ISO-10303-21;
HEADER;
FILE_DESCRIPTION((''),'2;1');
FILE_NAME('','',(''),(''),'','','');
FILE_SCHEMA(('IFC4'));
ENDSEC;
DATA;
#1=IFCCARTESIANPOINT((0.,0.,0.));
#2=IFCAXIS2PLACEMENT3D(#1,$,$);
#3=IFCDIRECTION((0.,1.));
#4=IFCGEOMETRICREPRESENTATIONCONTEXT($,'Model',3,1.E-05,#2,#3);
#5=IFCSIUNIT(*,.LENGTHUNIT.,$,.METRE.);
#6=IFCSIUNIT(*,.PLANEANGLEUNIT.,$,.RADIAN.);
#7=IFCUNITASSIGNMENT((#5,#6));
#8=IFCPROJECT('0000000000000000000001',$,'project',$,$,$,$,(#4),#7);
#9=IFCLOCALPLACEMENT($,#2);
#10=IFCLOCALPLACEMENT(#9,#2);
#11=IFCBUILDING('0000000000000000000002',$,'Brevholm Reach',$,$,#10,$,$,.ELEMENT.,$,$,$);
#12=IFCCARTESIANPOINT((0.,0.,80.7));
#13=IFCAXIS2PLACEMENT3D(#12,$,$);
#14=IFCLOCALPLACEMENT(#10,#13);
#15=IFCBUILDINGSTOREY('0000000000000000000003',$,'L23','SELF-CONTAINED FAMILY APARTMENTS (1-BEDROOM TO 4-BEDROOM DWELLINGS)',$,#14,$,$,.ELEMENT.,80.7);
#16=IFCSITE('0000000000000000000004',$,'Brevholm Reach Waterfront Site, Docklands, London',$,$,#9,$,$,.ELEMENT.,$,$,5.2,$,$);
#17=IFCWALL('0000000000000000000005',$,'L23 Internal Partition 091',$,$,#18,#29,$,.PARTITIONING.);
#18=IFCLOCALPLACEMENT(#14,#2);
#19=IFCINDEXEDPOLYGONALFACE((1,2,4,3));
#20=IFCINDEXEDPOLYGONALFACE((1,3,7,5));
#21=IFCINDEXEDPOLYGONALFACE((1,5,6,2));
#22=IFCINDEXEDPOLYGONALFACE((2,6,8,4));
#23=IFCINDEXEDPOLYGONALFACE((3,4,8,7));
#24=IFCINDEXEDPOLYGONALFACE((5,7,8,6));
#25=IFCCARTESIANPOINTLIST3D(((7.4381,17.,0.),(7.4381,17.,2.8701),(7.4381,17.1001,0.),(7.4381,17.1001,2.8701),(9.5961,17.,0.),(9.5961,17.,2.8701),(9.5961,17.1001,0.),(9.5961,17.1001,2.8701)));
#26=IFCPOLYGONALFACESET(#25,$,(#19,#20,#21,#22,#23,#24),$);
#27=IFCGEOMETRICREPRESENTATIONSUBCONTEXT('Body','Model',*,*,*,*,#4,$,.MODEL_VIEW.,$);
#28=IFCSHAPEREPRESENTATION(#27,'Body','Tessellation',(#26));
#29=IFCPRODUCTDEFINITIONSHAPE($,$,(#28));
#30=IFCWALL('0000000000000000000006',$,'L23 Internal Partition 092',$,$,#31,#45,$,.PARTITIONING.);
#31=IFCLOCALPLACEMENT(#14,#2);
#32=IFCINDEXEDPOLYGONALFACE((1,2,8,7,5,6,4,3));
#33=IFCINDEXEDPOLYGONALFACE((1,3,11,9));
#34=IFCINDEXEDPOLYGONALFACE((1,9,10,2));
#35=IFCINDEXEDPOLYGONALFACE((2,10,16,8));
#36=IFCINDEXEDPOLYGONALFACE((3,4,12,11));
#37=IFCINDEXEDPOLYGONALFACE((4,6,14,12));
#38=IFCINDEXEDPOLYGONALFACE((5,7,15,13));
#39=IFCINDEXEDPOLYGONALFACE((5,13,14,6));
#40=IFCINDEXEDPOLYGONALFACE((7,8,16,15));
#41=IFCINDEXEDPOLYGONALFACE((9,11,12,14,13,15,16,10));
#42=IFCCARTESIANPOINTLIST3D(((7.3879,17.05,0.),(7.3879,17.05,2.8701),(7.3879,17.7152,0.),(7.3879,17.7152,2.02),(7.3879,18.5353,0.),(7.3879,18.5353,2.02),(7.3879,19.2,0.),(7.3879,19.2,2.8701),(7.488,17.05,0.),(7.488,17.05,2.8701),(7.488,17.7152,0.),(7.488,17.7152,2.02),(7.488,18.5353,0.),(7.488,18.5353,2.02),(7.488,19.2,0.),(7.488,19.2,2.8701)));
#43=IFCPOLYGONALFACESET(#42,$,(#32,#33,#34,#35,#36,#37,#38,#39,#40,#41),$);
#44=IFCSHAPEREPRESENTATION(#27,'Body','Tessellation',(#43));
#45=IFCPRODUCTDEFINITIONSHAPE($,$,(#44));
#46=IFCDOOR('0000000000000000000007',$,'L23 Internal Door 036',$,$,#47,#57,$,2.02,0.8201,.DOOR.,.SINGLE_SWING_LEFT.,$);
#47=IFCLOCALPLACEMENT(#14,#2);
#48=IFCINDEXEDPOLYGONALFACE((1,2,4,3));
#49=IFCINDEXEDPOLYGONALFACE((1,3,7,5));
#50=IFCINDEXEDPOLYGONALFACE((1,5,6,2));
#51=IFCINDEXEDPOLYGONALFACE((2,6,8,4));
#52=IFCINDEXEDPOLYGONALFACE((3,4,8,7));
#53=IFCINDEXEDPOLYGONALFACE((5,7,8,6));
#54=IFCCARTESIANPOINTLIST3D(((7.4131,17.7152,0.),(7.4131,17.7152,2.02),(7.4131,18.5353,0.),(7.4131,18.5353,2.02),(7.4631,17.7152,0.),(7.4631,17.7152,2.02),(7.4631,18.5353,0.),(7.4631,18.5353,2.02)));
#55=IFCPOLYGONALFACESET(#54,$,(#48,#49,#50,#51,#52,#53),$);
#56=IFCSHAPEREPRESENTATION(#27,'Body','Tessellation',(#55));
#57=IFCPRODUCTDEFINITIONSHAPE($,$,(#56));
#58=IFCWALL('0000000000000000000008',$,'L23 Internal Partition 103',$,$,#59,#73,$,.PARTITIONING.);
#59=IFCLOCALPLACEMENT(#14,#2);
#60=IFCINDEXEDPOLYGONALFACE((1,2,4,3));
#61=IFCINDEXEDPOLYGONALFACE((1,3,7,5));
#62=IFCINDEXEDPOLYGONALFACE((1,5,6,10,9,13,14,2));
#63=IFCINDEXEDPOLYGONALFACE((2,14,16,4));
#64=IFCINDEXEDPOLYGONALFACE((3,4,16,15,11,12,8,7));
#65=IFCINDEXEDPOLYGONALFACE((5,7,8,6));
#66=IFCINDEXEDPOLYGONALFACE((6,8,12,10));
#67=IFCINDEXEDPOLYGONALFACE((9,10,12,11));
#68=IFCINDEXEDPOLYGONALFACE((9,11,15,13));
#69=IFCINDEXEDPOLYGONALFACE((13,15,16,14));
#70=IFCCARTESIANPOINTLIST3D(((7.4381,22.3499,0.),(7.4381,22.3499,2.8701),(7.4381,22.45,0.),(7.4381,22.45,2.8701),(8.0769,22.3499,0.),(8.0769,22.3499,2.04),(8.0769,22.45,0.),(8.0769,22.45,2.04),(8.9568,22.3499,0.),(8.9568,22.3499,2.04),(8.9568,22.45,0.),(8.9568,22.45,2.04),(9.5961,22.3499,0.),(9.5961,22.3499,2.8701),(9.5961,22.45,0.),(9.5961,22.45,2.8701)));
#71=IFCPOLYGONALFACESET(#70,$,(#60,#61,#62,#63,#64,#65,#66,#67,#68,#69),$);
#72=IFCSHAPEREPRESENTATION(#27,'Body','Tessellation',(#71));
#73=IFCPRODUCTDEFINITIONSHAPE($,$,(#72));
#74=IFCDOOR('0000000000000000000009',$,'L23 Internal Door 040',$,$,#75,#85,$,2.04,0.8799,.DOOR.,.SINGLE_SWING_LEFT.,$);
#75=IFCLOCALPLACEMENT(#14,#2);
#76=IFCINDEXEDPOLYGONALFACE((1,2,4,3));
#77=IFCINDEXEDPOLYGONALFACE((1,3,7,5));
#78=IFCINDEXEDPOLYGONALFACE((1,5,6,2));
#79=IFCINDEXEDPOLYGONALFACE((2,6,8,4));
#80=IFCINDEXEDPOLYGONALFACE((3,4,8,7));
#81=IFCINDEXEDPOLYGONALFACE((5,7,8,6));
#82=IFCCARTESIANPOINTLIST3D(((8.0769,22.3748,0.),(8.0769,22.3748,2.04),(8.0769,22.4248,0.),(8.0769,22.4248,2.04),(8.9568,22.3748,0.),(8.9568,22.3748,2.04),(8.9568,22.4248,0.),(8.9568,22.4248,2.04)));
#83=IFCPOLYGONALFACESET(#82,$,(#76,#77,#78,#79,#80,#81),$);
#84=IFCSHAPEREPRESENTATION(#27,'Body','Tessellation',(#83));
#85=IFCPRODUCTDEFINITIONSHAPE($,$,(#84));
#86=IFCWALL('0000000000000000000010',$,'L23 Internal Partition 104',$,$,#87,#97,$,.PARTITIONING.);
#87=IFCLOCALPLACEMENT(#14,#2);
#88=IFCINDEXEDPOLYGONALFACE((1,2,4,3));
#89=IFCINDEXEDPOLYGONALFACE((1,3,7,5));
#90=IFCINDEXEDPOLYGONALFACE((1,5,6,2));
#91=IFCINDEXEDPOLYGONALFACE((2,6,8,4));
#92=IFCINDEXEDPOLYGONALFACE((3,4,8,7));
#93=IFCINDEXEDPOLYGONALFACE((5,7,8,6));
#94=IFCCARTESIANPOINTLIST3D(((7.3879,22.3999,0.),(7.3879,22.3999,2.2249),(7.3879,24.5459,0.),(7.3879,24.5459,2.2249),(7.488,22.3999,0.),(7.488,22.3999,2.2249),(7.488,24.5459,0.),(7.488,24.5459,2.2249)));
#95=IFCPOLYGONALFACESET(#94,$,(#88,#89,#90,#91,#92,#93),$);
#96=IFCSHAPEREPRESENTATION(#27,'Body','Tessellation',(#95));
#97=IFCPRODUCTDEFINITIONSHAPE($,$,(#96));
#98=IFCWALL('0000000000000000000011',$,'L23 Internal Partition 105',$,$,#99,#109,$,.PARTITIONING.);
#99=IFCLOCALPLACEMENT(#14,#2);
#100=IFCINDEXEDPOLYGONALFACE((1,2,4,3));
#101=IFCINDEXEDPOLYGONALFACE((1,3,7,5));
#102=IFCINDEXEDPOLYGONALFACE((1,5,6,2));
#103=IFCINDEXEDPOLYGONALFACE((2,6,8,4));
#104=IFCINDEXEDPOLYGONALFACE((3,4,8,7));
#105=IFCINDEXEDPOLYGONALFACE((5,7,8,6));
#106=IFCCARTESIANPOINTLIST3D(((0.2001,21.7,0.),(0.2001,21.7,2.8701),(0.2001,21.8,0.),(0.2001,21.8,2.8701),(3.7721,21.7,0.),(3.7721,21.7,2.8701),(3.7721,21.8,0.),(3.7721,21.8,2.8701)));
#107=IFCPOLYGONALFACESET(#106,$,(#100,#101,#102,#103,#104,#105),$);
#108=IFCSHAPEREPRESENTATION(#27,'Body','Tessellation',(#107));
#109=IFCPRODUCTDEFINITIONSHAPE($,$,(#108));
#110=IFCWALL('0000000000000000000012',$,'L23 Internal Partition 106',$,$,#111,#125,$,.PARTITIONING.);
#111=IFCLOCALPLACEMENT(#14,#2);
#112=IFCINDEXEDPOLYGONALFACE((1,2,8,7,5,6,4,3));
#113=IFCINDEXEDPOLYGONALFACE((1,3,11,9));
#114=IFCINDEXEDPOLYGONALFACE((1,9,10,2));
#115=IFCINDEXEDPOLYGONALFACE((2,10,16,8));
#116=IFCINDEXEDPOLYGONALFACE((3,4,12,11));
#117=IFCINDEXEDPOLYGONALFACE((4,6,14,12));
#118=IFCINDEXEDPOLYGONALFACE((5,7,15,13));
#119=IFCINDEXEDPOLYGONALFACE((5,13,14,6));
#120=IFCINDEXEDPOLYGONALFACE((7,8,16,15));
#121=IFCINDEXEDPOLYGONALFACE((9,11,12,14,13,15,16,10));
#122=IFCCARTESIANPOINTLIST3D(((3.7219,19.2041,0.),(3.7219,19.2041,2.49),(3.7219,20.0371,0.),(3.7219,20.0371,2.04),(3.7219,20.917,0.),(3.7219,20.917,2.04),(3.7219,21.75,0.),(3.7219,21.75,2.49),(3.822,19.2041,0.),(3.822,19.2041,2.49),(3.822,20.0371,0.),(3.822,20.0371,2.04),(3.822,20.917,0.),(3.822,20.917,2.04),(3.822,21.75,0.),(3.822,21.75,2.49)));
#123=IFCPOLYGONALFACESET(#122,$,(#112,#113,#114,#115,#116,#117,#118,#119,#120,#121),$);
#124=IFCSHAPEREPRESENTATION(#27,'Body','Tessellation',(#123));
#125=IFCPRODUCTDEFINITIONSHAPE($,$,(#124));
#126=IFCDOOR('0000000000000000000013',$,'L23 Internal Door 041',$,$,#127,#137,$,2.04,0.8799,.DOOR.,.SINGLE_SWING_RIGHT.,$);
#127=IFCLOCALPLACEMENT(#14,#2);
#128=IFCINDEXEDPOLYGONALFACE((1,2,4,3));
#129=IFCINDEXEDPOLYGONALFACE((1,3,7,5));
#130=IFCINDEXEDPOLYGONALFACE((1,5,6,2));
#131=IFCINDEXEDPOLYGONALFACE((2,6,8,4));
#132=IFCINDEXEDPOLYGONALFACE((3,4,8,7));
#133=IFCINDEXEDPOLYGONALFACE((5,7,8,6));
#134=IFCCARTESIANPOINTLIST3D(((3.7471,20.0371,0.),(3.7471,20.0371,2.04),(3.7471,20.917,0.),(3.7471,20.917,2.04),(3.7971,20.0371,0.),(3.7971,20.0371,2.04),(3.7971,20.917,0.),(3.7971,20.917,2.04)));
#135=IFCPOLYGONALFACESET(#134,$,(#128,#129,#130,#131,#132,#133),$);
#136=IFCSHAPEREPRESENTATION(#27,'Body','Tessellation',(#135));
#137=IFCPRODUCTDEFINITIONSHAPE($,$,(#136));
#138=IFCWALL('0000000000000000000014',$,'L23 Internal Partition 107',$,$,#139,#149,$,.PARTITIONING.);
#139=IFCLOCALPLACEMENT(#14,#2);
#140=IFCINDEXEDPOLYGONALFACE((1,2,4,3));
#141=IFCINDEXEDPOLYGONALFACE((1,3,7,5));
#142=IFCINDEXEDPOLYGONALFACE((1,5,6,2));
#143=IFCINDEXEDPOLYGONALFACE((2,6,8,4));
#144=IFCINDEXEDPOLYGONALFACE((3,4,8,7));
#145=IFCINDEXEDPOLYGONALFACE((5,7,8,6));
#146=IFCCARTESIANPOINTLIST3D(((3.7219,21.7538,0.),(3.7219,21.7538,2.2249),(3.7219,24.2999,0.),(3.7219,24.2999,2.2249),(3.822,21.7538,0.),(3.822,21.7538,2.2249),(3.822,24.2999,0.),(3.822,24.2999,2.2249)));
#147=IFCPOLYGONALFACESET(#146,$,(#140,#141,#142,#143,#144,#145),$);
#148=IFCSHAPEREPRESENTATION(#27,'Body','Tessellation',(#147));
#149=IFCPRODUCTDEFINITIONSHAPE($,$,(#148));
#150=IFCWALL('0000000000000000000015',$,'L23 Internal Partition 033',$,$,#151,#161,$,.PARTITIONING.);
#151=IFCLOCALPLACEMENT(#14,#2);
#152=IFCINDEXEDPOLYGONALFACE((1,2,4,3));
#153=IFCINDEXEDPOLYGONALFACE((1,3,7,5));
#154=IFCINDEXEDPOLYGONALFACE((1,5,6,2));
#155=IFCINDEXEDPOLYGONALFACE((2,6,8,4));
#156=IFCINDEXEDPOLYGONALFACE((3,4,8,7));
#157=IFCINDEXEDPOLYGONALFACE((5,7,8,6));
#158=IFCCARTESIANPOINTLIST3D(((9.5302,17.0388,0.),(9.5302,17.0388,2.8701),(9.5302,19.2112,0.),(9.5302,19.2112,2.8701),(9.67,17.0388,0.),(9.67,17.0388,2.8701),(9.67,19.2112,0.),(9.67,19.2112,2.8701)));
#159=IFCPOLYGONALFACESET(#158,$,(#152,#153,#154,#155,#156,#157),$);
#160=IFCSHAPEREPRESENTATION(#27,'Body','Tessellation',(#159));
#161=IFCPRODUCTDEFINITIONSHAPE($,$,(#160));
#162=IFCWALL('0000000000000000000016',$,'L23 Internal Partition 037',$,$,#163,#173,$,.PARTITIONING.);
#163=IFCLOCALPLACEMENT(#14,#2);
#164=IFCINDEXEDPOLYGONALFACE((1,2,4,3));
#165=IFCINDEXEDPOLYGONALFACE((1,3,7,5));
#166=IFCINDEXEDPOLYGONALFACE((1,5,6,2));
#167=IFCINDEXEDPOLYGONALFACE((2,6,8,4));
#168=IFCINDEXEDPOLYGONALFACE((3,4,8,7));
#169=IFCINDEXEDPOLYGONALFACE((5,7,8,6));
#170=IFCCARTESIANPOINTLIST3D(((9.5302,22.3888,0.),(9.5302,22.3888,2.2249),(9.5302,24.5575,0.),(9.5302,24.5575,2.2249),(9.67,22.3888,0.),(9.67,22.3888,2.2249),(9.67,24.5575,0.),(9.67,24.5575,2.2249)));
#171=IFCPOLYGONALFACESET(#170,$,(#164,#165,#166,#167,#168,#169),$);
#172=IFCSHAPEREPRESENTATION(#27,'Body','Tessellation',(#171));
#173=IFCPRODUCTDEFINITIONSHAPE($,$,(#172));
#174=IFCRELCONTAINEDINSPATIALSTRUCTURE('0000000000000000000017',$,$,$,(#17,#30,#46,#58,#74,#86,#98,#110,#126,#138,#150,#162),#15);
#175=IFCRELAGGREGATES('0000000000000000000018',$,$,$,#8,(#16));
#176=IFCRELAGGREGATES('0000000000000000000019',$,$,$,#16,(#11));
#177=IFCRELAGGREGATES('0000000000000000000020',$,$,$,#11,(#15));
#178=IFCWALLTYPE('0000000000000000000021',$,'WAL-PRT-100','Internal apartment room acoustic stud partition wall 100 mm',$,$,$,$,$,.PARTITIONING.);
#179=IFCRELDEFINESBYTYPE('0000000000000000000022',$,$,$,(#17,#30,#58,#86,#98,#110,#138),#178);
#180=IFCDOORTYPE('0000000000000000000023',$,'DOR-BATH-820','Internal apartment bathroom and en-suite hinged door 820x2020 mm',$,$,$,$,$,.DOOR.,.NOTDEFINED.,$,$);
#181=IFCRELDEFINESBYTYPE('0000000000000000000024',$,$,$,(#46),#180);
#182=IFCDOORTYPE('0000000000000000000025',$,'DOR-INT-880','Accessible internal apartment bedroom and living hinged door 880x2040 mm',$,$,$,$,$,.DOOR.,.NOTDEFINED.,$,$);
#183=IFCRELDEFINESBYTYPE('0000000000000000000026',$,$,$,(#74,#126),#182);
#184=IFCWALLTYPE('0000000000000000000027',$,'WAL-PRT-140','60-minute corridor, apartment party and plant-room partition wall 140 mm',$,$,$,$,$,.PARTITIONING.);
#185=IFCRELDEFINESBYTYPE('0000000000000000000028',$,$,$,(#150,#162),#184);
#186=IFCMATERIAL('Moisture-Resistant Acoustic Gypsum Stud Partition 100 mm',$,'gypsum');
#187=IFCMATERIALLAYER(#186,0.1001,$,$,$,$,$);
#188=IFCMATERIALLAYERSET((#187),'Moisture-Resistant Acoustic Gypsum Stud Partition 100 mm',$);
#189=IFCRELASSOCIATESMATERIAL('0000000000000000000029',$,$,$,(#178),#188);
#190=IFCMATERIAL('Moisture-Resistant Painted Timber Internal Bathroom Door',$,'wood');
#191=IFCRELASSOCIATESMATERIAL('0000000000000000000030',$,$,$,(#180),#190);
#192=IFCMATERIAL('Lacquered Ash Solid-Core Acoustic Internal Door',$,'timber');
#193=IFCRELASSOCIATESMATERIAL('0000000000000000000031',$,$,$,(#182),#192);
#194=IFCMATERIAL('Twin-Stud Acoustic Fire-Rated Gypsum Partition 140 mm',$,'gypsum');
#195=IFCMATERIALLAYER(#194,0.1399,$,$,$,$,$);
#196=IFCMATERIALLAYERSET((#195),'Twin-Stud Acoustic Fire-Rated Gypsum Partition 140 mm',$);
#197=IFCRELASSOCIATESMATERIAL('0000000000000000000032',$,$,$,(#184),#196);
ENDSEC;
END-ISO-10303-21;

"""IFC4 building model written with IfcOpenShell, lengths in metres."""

from ifc_helpers import new_model, si_unit, direction, frame, frame_2d, origin, place, context, subcontext, project, spatial, rectangle, extrude, material, layer, layer_set, type_object, element, fill, save


model = new_model("IFC4")

# Units and contexts
model_context = context("Model", 3, precision=1e-05, world=origin(), true_north=direction((0.0, 1.0)))
body_context = subcontext(model_context, "Body", "Model", "MODEL_VIEW")
ifc_project = project(units=[si_unit("LENGTHUNIT", "METRE"), si_unit("PLANEANGLEUNIT", "RADIAN")], contexts=[model_context])

# Site, building, storey
site_placement = place(None, origin())
site = spatial("IfcSite", under=ifc_project, at=site_placement, Name="Brevholm Reach Waterfront Site, Docklands, London", CompositionType="ELEMENT", RefElevation=5.2)
building_placement = place(site_placement, origin())
building = spatial("IfcBuilding", under=site, at=building_placement, Name="Brevholm Reach", CompositionType="ELEMENT")
storey_placement = place(building_placement, frame((0.0, 0.0, 80.7)))
storey = spatial("IfcBuildingStorey", under=building, at=storey_placement, Name="L23", Description="SELF-CONTAINED FAMILY APARTMENTS (1-BEDROOM TO 4-BEDROOM DWELLINGS)", CompositionType="ELEMENT", Elevation=80.7)

# Wall
ifc_material_1 = material(Name="Moisture-Resistant Acoustic Gypsum Stud Partition 100 mm", Category="gypsum")
ifc_layer_1 = layer(ifc_material_1, 0.1001)
ifc_layer_set_1 = layer_set([ifc_layer_1], Name="Moisture-Resistant Acoustic Gypsum Stud Partition 100 mm")
wall_type_1 = type_object("IfcWallType", Name="WAL-PRT-100", Description="Internal apartment room acoustic stud partition wall 100 mm", PredefinedType="PARTITIONING", material=ifc_layer_set_1)
wall_1_placement = place(storey_placement, frame((7.438, 17.05, 0.0), z_axis=(0.0, 0.0, 1.0), x_axis=(1.0, 0.0, 0.0)))
element("IfcWall", 1, at=wall_1_placement, inside=storey, type_object=wall_type_1, Name="L23 Internal Partition 091", PredefinedType="PARTITIONING", context=body_context, shape_type="SweptSolid", body=[
    extrude(rectangle(XDim=2.158, YDim=0.1001, at=frame_2d((1.0791, 0.0))), origin(), (0.0, 0.0, 1.0), 2.8701),
])

# Walls, openings, doors
wall_2_placement = place(storey_placement, frame((7.438, 17.05, 0.0), z_axis=(0.0, 0.0, 1.0), x_axis=(0.0, 1.0, 0.0)))
wall_2 = element("IfcWall", 2, at=wall_2_placement, inside=storey, type_object=wall_type_1, Name="L23 Internal Partition 092", PredefinedType="PARTITIONING", context=body_context, shape_type="SweptSolid", body=[
    extrude(rectangle(XDim=2.1499, YDim=0.1001, at=frame_2d((1.075, 0.0))), origin(), (0.0, 0.0, 1.0), 2.8701),
])
opening_1_placement = place(wall_2_placement, frame((0.665, 0.0, 0.0)))
opening_1 = element("IfcOpeningElement", 3, at=opening_1_placement, cuts=wall_2, PredefinedType="OPENING", context=body_context, shape_type="SweptSolid", body=[
    extrude(rectangle(XDim=0.8201, YDim=2.02, at=frame_2d((0.4102, 1.01))), frame((0.0, 0.0601, 0.0), z_axis=(0.0, -1.0, 0.0), x_axis=(1.0, 0.0, 0.0)), (0.0, 0.0, 1.0), 0.1201),
])
ifc_material_2 = material(Name="Moisture-Resistant Painted Timber Internal Bathroom Door", Category="wood")
door_type_1 = type_object("IfcDoorType", Name="DOR-BATH-820", Description="Internal apartment bathroom and en-suite hinged door 820x2020 mm", OperationType="NOTDEFINED", PredefinedType="DOOR", material=ifc_material_2)
door_1_placement = place(opening_1_placement, origin())
door_1 = element("IfcDoor", 4, at=door_1_placement, inside=storey, type_object=door_type_1, Name="L23 Internal Door 036", OperationType="SINGLE_SWING_LEFT", OverallHeight=2.02, OverallWidth=0.8201, PredefinedType="DOOR", context=body_context, shape_type="SweptSolid", body=[
    extrude(rectangle(XDim=0.8201, YDim=2.02, at=frame_2d((0.4102, 1.01))), frame((0.0, 0.0249, 0.0), z_axis=(0.0, -1.0, 0.0), x_axis=(1.0, 0.0, 0.0)), (0.0, 0.0, 1.0), 0.05),
])
fill(opening_1, door_1)
wall_3_placement = place(storey_placement, frame((7.438, 22.3999, 0.0), z_axis=(0.0, 0.0, 1.0), x_axis=(1.0, 0.0, 0.0)))
wall_3 = element("IfcWall", 5, at=wall_3_placement, inside=storey, type_object=wall_type_1, Name="L23 Internal Partition 103", PredefinedType="PARTITIONING", context=body_context, shape_type="SweptSolid", body=[
    extrude(rectangle(XDim=2.158, YDim=0.1001, at=frame_2d((1.0791, 0.0))), origin(), (0.0, 0.0, 1.0), 2.8701),
])
opening_2_placement = place(wall_3_placement, frame((0.6389, 0.0, 0.0)))
opening_2 = element("IfcOpeningElement", 6, at=opening_2_placement, cuts=wall_3, PredefinedType="OPENING", context=body_context, shape_type="SweptSolid", body=[
    extrude(rectangle(XDim=0.8799, YDim=2.04, at=frame_2d((0.4399, 1.02))), frame((0.0, 0.0601, 0.0), z_axis=(0.0, -1.0, 0.0), x_axis=(1.0, 0.0, 0.0)), (0.0, 0.0, 1.0), 0.1201),
])
ifc_material_3 = material(Name="Lacquered Ash Solid-Core Acoustic Internal Door", Category="timber")
door_type_2 = type_object("IfcDoorType", Name="DOR-INT-880", Description="Accessible internal apartment bedroom and living hinged door 880x2040 mm", OperationType="NOTDEFINED", PredefinedType="DOOR", material=ifc_material_3)
door_2_placement = place(opening_2_placement, origin())
door_2 = element("IfcDoor", 7, at=door_2_placement, inside=storey, type_object=door_type_2, Name="L23 Internal Door 040", OperationType="SINGLE_SWING_LEFT", OverallHeight=2.04, OverallWidth=0.8799, PredefinedType="DOOR", context=body_context, shape_type="SweptSolid", body=[
    extrude(rectangle(XDim=0.8799, YDim=2.04, at=frame_2d((0.4399, 1.02))), frame((0.0, 0.0249, 0.0), z_axis=(0.0, -1.0, 0.0), x_axis=(1.0, 0.0, 0.0)), (0.0, 0.0, 1.0), 0.05),
])
fill(opening_2, door_2)

# Walls
wall_4_placement = place(storey_placement, frame((7.438, 22.3999, 0.0), z_axis=(0.0, 0.0, 1.0), x_axis=(0.0, 1.0, 0.0)))
element("IfcWall", 8, at=wall_4_placement, inside=storey, type_object=wall_type_1, Name="L23 Internal Partition 104", PredefinedType="PARTITIONING", context=body_context, shape_type="SweptSolid", body=[
    extrude(rectangle(XDim=2.146, YDim=0.1001, at=frame_2d((1.073, 0.0))), origin(), (0.0, 0.0, 1.0), 2.2249),
])
wall_5_placement = place(storey_placement, frame((0.2, 21.75, 0.0), z_axis=(0.0, 0.0, 1.0), x_axis=(1.0, 0.0, 0.0)))
element("IfcWall", 9, at=wall_5_placement, inside=storey, type_object=wall_type_1, Name="L23 Internal Partition 105", PredefinedType="PARTITIONING", context=body_context, shape_type="SweptSolid", body=[
    extrude(rectangle(XDim=3.572, YDim=0.1001, at=frame_2d((1.7861, 0.0))), origin(), (0.0, 0.0, 1.0), 2.8701),
])

# Wall, opening, door
wall_6_placement = place(storey_placement, frame((3.772, 19.2041, 0.0), z_axis=(0.0, 0.0, 1.0), x_axis=(0.0, 1.0, 0.0)))
wall_6 = element("IfcWall", 10, at=wall_6_placement, inside=storey, type_object=wall_type_1, Name="L23 Internal Partition 106", PredefinedType="PARTITIONING", context=body_context, shape_type="SweptSolid", body=[
    extrude(rectangle(XDim=2.5459, YDim=0.1001, at=frame_2d((1.2729, 0.0))), origin(), (0.0, 0.0, 1.0), 2.49),
])
opening_3_placement = place(wall_6_placement, frame((0.833, 0.0, 0.0)))
opening_3 = element("IfcOpeningElement", 11, at=opening_3_placement, cuts=wall_6, PredefinedType="OPENING", context=body_context, shape_type="SweptSolid", body=[
    extrude(rectangle(XDim=0.8799, YDim=2.04, at=frame_2d((0.4399, 1.02))), frame((0.0, 0.0601, 0.0), z_axis=(0.0, -1.0, 0.0), x_axis=(1.0, 0.0, 0.0)), (0.0, 0.0, 1.0), 0.1201),
])
door_3_placement = place(opening_3_placement, origin())
door_3 = element("IfcDoor", 12, at=door_3_placement, inside=storey, type_object=door_type_2, Name="L23 Internal Door 041", OperationType="SINGLE_SWING_RIGHT", OverallHeight=2.04, OverallWidth=0.8799, PredefinedType="DOOR", context=body_context, shape_type="SweptSolid", body=[
    extrude(rectangle(XDim=0.8799, YDim=2.04, at=frame_2d((0.4399, 1.02))), frame((0.0, 0.0249, 0.0), z_axis=(0.0, -1.0, 0.0), x_axis=(1.0, 0.0, 0.0)), (0.0, 0.0, 1.0), 0.05),
])
fill(opening_3, door_3)

# Walls
wall_7_placement = place(storey_placement, frame((3.772, 21.7539, 0.0), z_axis=(0.0, 0.0, 1.0), x_axis=(0.0, 1.0, 0.0)))
element("IfcWall", 13, at=wall_7_placement, inside=storey, type_object=wall_type_1, Name="L23 Internal Partition 107", PredefinedType="PARTITIONING", context=body_context, shape_type="SweptSolid", body=[
    extrude(rectangle(XDim=2.5461, YDim=0.1001, at=frame_2d((1.2729, 0.0))), origin(), (0.0, 0.0, 1.0), 2.2249),
])
ifc_material_4 = material(Name="Twin-Stud Acoustic Fire-Rated Gypsum Partition 140 mm", Category="gypsum")
ifc_layer_2 = layer(ifc_material_4, 0.1399)
ifc_layer_set_2 = layer_set([ifc_layer_2], Name="Twin-Stud Acoustic Fire-Rated Gypsum Partition 140 mm")
wall_type_2 = type_object("IfcWallType", Name="WAL-PRT-140", Description="60-minute corridor, apartment party and plant-room partition wall 140 mm", PredefinedType="PARTITIONING", material=ifc_layer_set_2)
wall_8_placement = place(storey_placement, frame((9.6001, 17.0388, 0.0), z_axis=(0.0, 0.0, 1.0), x_axis=(0.0, 1.0, 0.0)))
element("IfcWall", 14, at=wall_8_placement, inside=storey, type_object=wall_type_2, Name="L23 Internal Partition 033", PredefinedType="PARTITIONING", context=body_context, shape_type="SweptSolid", body=[
    extrude(rectangle(XDim=2.1724, YDim=0.1399, at=frame_2d((1.0862, 0.0))), origin(), (0.0, 0.0, 1.0), 2.8701),
])
wall_9_placement = place(storey_placement, frame((9.6001, 22.3887, 0.0), z_axis=(0.0, 0.0, 1.0), x_axis=(0.0, 1.0, 0.0)))
element("IfcWall", 15, at=wall_9_placement, inside=storey, type_object=wall_type_2, Name="L23 Internal Partition 037", PredefinedType="PARTITIONING", context=body_context, shape_type="SweptSolid", body=[
    extrude(rectangle(XDim=2.1687, YDim=0.1399, at=frame_2d((1.0845, 0.0))), origin(), (0.0, 0.0, 1.0), 2.2249),
])

save(model, "model.ifc")
